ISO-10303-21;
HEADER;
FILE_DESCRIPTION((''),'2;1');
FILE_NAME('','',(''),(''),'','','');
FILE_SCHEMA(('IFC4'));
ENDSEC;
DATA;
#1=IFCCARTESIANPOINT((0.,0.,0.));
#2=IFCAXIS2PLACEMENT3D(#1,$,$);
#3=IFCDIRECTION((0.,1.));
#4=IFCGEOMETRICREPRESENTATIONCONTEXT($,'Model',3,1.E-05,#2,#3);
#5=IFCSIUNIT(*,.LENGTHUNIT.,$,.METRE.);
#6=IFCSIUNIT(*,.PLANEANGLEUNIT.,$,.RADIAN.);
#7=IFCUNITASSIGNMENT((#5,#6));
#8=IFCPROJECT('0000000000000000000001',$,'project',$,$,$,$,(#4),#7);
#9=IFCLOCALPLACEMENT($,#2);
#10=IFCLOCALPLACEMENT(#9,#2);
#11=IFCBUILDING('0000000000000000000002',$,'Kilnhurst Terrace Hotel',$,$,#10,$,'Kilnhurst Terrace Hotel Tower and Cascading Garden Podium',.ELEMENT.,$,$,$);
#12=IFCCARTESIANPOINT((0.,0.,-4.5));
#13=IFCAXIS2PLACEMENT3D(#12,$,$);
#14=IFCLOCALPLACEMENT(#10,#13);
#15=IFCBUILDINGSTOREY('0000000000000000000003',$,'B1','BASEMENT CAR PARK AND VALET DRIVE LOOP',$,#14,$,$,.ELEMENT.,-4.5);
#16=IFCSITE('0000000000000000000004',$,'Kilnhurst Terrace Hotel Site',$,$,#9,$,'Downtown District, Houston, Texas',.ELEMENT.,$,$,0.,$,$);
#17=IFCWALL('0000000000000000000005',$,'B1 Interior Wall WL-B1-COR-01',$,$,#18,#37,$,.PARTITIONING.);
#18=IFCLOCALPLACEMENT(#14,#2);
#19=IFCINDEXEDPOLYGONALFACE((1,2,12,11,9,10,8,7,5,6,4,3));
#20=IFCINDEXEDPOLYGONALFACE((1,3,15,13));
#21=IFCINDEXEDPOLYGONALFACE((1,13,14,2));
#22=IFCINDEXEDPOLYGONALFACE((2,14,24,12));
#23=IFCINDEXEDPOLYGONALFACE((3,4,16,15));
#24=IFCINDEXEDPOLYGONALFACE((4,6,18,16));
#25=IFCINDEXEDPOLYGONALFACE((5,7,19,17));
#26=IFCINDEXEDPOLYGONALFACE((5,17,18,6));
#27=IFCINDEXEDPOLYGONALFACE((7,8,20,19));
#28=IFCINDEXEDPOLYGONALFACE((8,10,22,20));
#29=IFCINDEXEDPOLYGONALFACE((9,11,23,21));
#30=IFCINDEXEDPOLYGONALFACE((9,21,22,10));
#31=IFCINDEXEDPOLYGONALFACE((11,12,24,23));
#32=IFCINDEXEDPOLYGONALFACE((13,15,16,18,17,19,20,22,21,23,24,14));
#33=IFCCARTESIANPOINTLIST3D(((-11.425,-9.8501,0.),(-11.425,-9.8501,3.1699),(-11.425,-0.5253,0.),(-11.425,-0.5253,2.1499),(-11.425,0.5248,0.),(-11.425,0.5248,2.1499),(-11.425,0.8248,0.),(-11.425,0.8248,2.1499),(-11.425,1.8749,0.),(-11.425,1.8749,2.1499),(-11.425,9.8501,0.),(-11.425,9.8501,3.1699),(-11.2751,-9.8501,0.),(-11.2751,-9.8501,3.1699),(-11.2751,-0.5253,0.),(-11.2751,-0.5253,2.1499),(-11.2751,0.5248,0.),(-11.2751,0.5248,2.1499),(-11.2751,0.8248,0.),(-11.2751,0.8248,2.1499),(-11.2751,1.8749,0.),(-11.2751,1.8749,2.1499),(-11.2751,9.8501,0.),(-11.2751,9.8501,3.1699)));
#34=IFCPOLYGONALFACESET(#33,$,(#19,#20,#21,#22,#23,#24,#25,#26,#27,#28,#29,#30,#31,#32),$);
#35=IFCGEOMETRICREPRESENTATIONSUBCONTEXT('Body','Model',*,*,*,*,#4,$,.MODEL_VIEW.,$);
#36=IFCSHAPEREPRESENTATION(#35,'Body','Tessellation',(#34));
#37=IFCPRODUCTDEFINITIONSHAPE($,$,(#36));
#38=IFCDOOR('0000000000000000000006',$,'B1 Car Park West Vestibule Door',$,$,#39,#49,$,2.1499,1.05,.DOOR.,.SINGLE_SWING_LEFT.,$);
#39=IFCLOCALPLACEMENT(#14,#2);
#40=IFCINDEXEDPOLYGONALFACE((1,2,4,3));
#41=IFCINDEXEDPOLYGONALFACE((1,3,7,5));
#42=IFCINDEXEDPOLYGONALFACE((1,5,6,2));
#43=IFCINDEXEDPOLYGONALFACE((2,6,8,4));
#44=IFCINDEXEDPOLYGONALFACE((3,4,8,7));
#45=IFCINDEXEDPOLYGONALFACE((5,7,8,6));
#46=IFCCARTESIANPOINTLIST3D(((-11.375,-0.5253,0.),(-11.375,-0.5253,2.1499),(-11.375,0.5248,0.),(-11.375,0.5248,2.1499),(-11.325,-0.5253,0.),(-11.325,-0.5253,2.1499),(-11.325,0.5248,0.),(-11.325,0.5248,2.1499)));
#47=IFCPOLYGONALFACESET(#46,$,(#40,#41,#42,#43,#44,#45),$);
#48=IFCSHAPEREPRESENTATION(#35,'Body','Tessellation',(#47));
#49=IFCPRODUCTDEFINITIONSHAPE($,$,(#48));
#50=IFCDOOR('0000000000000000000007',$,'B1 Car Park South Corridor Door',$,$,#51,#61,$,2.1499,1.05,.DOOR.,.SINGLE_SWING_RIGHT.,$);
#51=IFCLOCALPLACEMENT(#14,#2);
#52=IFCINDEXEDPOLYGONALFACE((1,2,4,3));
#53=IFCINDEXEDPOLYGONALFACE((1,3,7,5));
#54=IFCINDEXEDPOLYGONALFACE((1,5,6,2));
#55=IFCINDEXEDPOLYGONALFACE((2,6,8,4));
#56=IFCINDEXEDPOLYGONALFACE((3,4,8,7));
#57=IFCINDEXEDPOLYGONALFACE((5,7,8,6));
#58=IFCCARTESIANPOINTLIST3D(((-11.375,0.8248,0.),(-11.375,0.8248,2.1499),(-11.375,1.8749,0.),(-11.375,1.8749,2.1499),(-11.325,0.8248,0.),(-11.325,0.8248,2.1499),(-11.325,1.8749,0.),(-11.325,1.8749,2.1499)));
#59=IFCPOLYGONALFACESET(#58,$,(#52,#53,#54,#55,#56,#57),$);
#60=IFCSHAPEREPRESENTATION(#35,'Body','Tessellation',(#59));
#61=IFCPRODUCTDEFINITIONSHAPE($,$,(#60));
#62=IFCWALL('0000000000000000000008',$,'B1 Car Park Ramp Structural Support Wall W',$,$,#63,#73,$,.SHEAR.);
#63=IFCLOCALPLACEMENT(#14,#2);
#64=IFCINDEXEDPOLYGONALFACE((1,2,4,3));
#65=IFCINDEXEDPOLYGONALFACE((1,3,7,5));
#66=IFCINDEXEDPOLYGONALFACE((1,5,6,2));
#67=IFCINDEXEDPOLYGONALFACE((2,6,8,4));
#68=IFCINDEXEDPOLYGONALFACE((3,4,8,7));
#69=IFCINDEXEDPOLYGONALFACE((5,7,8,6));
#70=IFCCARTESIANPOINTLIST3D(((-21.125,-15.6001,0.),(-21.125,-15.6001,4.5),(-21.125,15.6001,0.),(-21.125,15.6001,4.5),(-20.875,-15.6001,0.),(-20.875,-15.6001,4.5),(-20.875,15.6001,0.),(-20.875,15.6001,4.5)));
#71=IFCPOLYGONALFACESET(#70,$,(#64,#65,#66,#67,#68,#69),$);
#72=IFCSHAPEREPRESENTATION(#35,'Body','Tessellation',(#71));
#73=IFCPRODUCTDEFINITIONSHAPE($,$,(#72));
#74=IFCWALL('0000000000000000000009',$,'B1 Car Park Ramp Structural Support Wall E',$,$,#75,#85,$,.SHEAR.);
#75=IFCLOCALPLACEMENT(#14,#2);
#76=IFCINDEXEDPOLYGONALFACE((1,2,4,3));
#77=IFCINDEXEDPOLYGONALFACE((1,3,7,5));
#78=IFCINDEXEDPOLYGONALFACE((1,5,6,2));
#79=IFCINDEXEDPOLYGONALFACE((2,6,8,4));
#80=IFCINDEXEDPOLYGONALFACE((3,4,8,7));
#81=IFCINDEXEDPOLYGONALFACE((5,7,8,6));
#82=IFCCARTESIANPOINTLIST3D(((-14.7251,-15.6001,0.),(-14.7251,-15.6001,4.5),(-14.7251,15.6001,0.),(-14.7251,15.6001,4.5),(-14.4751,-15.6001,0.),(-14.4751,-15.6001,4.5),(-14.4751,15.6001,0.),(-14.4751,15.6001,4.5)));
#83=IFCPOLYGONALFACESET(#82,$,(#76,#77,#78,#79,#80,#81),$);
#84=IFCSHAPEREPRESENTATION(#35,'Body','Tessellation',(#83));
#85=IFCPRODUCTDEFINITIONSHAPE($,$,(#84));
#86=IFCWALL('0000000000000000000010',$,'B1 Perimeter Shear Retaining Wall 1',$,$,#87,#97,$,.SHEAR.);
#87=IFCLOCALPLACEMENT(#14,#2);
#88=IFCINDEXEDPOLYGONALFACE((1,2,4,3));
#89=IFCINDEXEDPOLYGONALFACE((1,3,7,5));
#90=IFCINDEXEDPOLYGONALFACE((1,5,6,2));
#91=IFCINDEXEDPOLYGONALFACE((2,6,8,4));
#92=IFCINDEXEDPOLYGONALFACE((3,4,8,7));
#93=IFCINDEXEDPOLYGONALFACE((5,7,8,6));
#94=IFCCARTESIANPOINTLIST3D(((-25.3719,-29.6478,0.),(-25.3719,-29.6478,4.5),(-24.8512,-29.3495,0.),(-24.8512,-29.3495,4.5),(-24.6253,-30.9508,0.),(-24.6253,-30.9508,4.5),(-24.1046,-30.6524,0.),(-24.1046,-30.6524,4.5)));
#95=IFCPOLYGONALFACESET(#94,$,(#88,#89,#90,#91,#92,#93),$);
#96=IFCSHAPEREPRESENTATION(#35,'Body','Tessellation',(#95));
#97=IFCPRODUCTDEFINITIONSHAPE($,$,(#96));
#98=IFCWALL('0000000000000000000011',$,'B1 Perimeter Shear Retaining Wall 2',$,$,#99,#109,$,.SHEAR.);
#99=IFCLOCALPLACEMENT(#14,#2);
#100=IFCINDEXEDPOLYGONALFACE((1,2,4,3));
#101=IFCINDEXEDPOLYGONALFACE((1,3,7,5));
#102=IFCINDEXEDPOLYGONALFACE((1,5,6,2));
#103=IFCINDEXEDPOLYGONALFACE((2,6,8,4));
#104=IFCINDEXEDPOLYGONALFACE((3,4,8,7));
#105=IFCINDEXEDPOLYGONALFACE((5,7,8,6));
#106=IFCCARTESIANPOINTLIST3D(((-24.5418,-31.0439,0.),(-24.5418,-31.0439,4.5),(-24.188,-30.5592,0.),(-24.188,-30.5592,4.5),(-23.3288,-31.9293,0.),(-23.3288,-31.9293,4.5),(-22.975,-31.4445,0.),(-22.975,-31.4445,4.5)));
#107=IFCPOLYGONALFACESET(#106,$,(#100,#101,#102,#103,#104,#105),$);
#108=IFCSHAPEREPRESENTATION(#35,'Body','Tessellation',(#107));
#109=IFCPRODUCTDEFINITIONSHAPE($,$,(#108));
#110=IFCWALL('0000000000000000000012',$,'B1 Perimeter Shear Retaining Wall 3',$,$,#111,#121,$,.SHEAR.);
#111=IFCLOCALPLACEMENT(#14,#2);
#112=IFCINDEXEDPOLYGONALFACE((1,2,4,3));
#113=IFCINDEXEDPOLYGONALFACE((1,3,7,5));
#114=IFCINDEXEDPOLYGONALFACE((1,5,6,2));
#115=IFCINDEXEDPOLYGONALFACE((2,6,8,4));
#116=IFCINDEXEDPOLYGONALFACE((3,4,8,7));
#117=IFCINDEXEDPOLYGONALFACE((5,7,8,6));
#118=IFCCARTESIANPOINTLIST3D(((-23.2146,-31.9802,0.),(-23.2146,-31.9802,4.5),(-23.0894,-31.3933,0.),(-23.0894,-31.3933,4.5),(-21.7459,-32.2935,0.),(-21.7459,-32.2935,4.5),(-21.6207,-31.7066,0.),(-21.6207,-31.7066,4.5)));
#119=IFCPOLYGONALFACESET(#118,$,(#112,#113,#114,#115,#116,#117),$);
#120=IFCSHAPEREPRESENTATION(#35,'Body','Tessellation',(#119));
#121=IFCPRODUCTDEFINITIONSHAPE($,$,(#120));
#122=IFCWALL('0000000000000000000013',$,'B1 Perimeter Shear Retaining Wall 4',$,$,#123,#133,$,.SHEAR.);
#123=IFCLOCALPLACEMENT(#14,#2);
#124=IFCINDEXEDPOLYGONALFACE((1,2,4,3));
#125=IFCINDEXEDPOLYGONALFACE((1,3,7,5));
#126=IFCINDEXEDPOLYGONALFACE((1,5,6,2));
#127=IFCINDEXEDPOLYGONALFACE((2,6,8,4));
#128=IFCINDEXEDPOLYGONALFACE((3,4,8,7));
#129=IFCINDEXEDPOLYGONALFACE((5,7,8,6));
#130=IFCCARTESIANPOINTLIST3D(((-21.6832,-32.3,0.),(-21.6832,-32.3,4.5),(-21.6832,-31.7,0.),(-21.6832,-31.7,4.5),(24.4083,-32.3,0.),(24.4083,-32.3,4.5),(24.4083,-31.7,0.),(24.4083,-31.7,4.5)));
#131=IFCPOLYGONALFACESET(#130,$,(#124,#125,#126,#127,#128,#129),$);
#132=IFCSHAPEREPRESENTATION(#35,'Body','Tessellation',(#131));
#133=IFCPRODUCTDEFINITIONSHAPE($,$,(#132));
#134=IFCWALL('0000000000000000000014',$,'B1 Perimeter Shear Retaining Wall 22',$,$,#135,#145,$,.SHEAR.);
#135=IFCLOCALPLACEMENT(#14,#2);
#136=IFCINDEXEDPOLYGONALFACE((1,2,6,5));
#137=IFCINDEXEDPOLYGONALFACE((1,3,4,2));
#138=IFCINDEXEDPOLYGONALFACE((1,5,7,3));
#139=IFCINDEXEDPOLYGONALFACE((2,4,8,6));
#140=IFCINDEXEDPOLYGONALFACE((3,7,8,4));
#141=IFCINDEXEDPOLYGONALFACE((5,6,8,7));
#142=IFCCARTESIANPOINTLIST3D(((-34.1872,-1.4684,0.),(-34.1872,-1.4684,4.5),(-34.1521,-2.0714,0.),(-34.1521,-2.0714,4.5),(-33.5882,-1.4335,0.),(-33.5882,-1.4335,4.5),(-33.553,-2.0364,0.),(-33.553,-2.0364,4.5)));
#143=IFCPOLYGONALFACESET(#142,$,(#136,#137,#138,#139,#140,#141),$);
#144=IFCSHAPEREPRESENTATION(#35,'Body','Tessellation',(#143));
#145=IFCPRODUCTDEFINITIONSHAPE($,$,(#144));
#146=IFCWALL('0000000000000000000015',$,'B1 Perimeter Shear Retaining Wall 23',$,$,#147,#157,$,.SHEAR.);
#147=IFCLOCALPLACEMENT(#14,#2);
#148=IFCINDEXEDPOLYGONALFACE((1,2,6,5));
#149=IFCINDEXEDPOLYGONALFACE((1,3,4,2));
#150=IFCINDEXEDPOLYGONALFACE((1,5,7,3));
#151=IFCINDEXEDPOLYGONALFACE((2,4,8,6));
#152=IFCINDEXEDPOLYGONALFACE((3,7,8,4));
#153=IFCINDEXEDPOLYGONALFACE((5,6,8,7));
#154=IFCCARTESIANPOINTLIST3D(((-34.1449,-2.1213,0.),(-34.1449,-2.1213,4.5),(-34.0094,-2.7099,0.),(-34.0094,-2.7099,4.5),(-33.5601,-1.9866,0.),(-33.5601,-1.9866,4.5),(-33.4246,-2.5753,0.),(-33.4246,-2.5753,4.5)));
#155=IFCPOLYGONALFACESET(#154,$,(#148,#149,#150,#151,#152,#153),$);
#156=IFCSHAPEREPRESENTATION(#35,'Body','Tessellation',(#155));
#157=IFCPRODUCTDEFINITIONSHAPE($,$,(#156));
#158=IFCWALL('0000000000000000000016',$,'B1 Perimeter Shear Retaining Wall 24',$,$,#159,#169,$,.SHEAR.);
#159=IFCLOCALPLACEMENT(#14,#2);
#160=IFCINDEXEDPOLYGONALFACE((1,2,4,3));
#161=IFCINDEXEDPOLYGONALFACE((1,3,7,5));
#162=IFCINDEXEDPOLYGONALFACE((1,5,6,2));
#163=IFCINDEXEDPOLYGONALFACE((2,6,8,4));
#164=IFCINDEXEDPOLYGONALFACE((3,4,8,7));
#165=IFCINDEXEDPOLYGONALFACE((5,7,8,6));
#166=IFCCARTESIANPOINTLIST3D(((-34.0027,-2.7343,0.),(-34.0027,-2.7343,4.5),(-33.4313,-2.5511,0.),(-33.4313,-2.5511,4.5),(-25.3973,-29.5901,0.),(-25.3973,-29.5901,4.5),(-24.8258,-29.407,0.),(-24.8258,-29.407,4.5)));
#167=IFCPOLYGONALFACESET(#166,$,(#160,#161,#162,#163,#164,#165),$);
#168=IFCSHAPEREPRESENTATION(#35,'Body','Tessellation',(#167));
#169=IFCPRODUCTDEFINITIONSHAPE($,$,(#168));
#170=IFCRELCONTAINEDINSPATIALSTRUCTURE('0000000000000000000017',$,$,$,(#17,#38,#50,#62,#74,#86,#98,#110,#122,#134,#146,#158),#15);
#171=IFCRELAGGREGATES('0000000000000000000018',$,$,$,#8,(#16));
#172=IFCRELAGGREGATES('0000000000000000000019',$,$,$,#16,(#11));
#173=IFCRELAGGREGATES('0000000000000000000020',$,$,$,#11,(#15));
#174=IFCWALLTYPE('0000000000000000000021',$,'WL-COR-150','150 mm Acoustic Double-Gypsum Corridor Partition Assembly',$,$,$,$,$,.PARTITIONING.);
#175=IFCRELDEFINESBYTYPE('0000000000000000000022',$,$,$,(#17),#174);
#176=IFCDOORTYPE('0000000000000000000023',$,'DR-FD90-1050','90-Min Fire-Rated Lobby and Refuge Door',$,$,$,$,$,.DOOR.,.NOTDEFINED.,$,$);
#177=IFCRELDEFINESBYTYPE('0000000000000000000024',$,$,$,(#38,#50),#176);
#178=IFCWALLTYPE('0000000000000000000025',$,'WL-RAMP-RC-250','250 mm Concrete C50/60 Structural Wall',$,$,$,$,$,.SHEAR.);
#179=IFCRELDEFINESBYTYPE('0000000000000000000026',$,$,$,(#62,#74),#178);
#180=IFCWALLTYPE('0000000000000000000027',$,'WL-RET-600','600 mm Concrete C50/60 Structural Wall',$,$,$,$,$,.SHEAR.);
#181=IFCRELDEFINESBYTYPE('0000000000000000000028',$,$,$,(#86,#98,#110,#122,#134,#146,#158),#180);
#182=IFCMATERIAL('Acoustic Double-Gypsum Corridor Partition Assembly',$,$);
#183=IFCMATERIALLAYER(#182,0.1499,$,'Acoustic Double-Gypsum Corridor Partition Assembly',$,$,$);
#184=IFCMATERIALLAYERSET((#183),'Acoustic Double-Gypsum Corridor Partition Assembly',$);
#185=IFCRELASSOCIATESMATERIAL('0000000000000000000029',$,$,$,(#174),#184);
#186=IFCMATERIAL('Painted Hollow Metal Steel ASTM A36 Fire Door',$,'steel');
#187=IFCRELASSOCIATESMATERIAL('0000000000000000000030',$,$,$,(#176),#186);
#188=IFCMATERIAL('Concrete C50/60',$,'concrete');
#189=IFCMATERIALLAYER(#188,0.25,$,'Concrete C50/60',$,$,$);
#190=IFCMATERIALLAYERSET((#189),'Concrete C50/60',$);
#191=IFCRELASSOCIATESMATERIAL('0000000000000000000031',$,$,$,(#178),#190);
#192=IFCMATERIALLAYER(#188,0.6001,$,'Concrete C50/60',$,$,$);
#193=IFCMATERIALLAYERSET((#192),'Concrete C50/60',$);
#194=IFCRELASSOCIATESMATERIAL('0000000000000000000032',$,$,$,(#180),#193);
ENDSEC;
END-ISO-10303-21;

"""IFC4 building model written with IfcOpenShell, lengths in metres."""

from ifc_helpers import new_model, si_unit, direction, frame, frame_2d, origin, place, context, subcontext, project, spatial, rectangle, extrude, material, layer, layer_set, type_object, element, fill, save


model = new_model("IFC4")

# Units and contexts
model_context = context("Model", 3, precision=1e-05, world=origin(), true_north=direction((0.0, 1.0)))
body_context = subcontext(model_context, "Body", "Model", "MODEL_VIEW")
ifc_project = project(units=[si_unit("LENGTHUNIT", "METRE"), si_unit("PLANEANGLEUNIT", "RADIAN")], contexts=[model_context])

# Site, building, storey
site_placement = place(None, origin())
site = spatial("IfcSite", under=ifc_project, at=site_placement, Name="Kilnhurst Terrace Hotel Site", LongName="Downtown District, Houston, Texas", CompositionType="ELEMENT", RefElevation=0.0)
building_placement = place(site_placement, origin())
building = spatial("IfcBuilding", under=site, at=building_placement, Name="Kilnhurst Terrace Hotel", LongName="Kilnhurst Terrace Hotel Tower and Cascading Garden Podium", CompositionType="ELEMENT")
storey_placement = place(building_placement, frame((0.0, 0.0, -4.5)))
storey = spatial("IfcBuildingStorey", under=building, at=storey_placement, Name="B1", Description="BASEMENT CAR PARK AND VALET DRIVE LOOP", CompositionType="ELEMENT", Elevation=-4.5)

# Shared definitions
ifc_material_1 = material(Name="Concrete C50/60", Category="concrete")

# Wall, openings, doors
ifc_material_2 = material(Name="Acoustic Double-Gypsum Corridor Partition Assembly")
ifc_layer_1 = layer(ifc_material_2, 0.1499, Name="Acoustic Double-Gypsum Corridor Partition Assembly")
ifc_layer_set_1 = layer_set([ifc_layer_1], Name="Acoustic Double-Gypsum Corridor Partition Assembly")
wall_type_1 = type_object("IfcWallType", Name="WL-COR-150", Description="150 mm Acoustic Double-Gypsum Corridor Partition Assembly", PredefinedType="PARTITIONING", material=ifc_layer_set_1)
wall_1_placement = place(storey_placement, frame((-11.3501, -9.8501, 0.0), z_axis=(0.0, 0.0, 1.0), x_axis=(0.0, 1.0, 0.0)))
wall_1 = element("IfcWall", 1, at=wall_1_placement, inside=storey, type_object=wall_type_1, Name="B1 Interior Wall WL-B1-COR-01", PredefinedType="PARTITIONING", context=body_context, shape_type="SweptSolid", body=[
    extrude(rectangle(XDim=19.7002, YDim=0.1499, at=frame_2d((9.8501, 0.0))), origin(), (0.0, 0.0, 1.0), 3.1699),
])
opening_1_placement = place(wall_1_placement, frame((9.325, 0.0, 0.0)))
opening_1 = element("IfcOpeningElement", 2, at=opening_1_placement, cuts=wall_1, PredefinedType="OPENING", context=body_context, shape_type="SweptSolid", body=[
    extrude(rectangle(XDim=1.05, YDim=2.1499, at=frame_2d((0.5249, 1.075))), frame((0.0, 0.085, 0.0), z_axis=(0.0, -1.0, 0.0), x_axis=(1.0, 0.0, 0.0)), (0.0, 0.0, 1.0), 0.1699),
])
opening_2_placement = place(wall_1_placement, frame((10.675, 0.0, 0.0)))
opening_2 = element("IfcOpeningElement", 3, at=opening_2_placement, cuts=wall_1, PredefinedType="OPENING", context=body_context, shape_type="SweptSolid", body=[
    extrude(rectangle(XDim=1.05, YDim=2.1499, at=frame_2d((0.5249, 1.075))), frame((0.0, 0.085, 0.0), z_axis=(0.0, -1.0, 0.0), x_axis=(1.0, 0.0, 0.0)), (0.0, 0.0, 1.0), 0.1699),
])
ifc_material_3 = material(Name="Painted Hollow Metal Steel ASTM A36 Fire Door", Category="steel")
door_type = type_object("IfcDoorType", Name="DR-FD90-1050", Description="90-Min Fire-Rated Lobby and Refuge Door", OperationType="NOTDEFINED", PredefinedType="DOOR", material=ifc_material_3)
door_1_placement = place(opening_1_placement, origin())
door_1 = element("IfcDoor", 4, at=door_1_placement, inside=storey, type_object=door_type, Name="B1 Car Park West Vestibule Door", OperationType="SINGLE_SWING_LEFT", OverallHeight=2.1499, OverallWidth=1.05, PredefinedType="DOOR", context=body_context, shape_type="SweptSolid", body=[
    extrude(rectangle(XDim=1.05, YDim=2.1499, at=frame_2d((0.5249, 1.075))), frame((0.0, 0.0249, 0.0), z_axis=(0.0, -1.0, 0.0), x_axis=(1.0, 0.0, 0.0)), (0.0, 0.0, 1.0), 0.05),
])
fill(opening_1, door_1)
door_2_placement = place(opening_2_placement, origin())
door_2 = element("IfcDoor", 5, at=door_2_placement, inside=storey, type_object=door_type, Name="B1 Car Park South Corridor Door", OperationType="SINGLE_SWING_RIGHT", OverallHeight=2.1499, OverallWidth=1.05, PredefinedType="DOOR", context=body_context, shape_type="SweptSolid", body=[
    extrude(rectangle(XDim=1.05, YDim=2.1499, at=frame_2d((0.5249, 1.075))), frame((0.0, 0.0249, 0.0), z_axis=(0.0, -1.0, 0.0), x_axis=(1.0, 0.0, 0.0)), (0.0, 0.0, 1.0), 0.05),
])
fill(opening_2, door_2)

# Walls
ifc_layer_2 = layer(ifc_material_1, 0.25, Name="Concrete C50/60")
ifc_layer_set_2 = layer_set([ifc_layer_2], Name="Concrete C50/60")
wall_type_2 = type_object("IfcWallType", Name="WL-RAMP-RC-250", Description="250 mm Concrete C50/60 Structural Wall", PredefinedType="SHEAR", material=ifc_layer_set_2)
for number, where, z_axis, x_axis, name in (
    (6, (-21.0, -15.6001, 0.0), (0.0, 0.0, 1.0), (0.0, 1.0, 0.0), "B1 Car Park Ramp Structural Support Wall W"),
    (7, (-14.6001, -15.6001, 0.0), (0.0, 0.0, 1.0), (0.0, 1.0, 0.0), "B1 Car Park Ramp Structural Support Wall E"),
):
    element("IfcWall", number, at=place(storey_placement, frame(where, z_axis=z_axis, x_axis=x_axis)), inside=storey, type_object=wall_type_2, Name=name, PredefinedType="SHEAR", context=body_context, shape_type="SweptSolid", body=[
        extrude(rectangle(XDim=31.2002, YDim=0.25, at=frame_2d((15.6001, 0.0))), origin(), (0.0, 0.0, 1.0), 4.5),
    ])
ifc_layer_3 = layer(ifc_material_1, 0.6001, Name="Concrete C50/60")
ifc_layer_set_3 = layer_set([ifc_layer_3], Name="Concrete C50/60")
wall_type_3 = type_object("IfcWallType", Name="WL-RET-600", Description="600 mm Concrete C50/60 Structural Wall", PredefinedType="SHEAR", material=ifc_layer_set_3)
for number, where, z_axis, x_axis, name in (
    (8, (-25.1116, -29.4985, 0.0), (0.0, 0.0, 1.0), (0.497154, -0.867662, 0.0), "B1 Perimeter Shear Retaining Wall 1"),
    (9, (-24.365, -30.8015, 0.0), (0.0, 0.0, 1.0), (0.807737, -0.589544, 0.0), "B1 Perimeter Shear Retaining Wall 2"),
    (10, (-23.1521, -31.6868, 0.0), (0.0, 0.0, 1.0), (0.978007, -0.208574, 0.0), "B1 Perimeter Shear Retaining Wall 3"),
):
    element("IfcWall", number, at=place(storey_placement, frame(where, z_axis=z_axis, x_axis=x_axis)), inside=storey, type_object=wall_type_3, Name=name, PredefinedType="SHEAR", context=body_context, shape_type="SweptSolid", body=[
        extrude(rectangle(XDim=1.5017, YDim=0.6001, at=frame_2d((0.751, 0.0))), origin(), (0.0, 0.0, 1.0), 4.5),
    ])
wall_2_placement = place(storey_placement, frame((-21.6833, -32.0, 0.0), z_axis=(0.0, 0.0, 1.0), x_axis=(1.0, 0.0, 0.0)))
element("IfcWall", 11, at=wall_2_placement, inside=storey, type_object=wall_type_3, Name="B1 Perimeter Shear Retaining Wall 4", PredefinedType="SHEAR", context=body_context, shape_type="SweptSolid", body=[
    extrude(rectangle(XDim=46.0916, YDim=0.6001, at=frame_2d((23.0459, 0.0))), origin(), (0.0, 0.0, 1.0), 4.5),
])
for number, where, z_axis, x_axis, name in (
    (12, (-33.8877, -1.4509, 0.0), (0.0, 0.0, 1.0), (0.058201, -0.998305, 0.0), "B1 Perimeter Shear Retaining Wall 22"),
    (13, (-33.8525, -2.054, 0.0), (0.0, 0.0, 1.0), (0.224328, -0.974514, 0.0), "B1 Perimeter Shear Retaining Wall 23"),
):
    element("IfcWall", number, at=place(storey_placement, frame(where, z_axis=z_axis, x_axis=x_axis)), inside=storey, type_object=wall_type_3, Name=name, PredefinedType="SHEAR", context=body_context, shape_type="SweptSolid", body=[
        extrude(rectangle(XDim=0.604, YDim=0.6001, at=frame_2d((0.302, 0.0))), origin(), (0.0, 0.0, 1.0), 4.5),
    ])
wall_3_placement = place(storey_placement, frame((-33.717, -2.6426, 0.0), z_axis=(0.0, 0.0, 1.0), x_axis=(0.305148, -0.952305, 0.0)))
element("IfcWall", 14, at=wall_3_placement, inside=storey, type_object=wall_type_3, Name="B1 Perimeter Shear Retaining Wall 24", PredefinedType="SHEAR", context=body_context, shape_type="SweptSolid", body=[
    extrude(rectangle(XDim=28.2009, YDim=0.6001, at=frame_2d((14.1006, 0.0))), origin(), (0.0, 0.0, 1.0), 4.5),
])

save(model, "model.ifc")
